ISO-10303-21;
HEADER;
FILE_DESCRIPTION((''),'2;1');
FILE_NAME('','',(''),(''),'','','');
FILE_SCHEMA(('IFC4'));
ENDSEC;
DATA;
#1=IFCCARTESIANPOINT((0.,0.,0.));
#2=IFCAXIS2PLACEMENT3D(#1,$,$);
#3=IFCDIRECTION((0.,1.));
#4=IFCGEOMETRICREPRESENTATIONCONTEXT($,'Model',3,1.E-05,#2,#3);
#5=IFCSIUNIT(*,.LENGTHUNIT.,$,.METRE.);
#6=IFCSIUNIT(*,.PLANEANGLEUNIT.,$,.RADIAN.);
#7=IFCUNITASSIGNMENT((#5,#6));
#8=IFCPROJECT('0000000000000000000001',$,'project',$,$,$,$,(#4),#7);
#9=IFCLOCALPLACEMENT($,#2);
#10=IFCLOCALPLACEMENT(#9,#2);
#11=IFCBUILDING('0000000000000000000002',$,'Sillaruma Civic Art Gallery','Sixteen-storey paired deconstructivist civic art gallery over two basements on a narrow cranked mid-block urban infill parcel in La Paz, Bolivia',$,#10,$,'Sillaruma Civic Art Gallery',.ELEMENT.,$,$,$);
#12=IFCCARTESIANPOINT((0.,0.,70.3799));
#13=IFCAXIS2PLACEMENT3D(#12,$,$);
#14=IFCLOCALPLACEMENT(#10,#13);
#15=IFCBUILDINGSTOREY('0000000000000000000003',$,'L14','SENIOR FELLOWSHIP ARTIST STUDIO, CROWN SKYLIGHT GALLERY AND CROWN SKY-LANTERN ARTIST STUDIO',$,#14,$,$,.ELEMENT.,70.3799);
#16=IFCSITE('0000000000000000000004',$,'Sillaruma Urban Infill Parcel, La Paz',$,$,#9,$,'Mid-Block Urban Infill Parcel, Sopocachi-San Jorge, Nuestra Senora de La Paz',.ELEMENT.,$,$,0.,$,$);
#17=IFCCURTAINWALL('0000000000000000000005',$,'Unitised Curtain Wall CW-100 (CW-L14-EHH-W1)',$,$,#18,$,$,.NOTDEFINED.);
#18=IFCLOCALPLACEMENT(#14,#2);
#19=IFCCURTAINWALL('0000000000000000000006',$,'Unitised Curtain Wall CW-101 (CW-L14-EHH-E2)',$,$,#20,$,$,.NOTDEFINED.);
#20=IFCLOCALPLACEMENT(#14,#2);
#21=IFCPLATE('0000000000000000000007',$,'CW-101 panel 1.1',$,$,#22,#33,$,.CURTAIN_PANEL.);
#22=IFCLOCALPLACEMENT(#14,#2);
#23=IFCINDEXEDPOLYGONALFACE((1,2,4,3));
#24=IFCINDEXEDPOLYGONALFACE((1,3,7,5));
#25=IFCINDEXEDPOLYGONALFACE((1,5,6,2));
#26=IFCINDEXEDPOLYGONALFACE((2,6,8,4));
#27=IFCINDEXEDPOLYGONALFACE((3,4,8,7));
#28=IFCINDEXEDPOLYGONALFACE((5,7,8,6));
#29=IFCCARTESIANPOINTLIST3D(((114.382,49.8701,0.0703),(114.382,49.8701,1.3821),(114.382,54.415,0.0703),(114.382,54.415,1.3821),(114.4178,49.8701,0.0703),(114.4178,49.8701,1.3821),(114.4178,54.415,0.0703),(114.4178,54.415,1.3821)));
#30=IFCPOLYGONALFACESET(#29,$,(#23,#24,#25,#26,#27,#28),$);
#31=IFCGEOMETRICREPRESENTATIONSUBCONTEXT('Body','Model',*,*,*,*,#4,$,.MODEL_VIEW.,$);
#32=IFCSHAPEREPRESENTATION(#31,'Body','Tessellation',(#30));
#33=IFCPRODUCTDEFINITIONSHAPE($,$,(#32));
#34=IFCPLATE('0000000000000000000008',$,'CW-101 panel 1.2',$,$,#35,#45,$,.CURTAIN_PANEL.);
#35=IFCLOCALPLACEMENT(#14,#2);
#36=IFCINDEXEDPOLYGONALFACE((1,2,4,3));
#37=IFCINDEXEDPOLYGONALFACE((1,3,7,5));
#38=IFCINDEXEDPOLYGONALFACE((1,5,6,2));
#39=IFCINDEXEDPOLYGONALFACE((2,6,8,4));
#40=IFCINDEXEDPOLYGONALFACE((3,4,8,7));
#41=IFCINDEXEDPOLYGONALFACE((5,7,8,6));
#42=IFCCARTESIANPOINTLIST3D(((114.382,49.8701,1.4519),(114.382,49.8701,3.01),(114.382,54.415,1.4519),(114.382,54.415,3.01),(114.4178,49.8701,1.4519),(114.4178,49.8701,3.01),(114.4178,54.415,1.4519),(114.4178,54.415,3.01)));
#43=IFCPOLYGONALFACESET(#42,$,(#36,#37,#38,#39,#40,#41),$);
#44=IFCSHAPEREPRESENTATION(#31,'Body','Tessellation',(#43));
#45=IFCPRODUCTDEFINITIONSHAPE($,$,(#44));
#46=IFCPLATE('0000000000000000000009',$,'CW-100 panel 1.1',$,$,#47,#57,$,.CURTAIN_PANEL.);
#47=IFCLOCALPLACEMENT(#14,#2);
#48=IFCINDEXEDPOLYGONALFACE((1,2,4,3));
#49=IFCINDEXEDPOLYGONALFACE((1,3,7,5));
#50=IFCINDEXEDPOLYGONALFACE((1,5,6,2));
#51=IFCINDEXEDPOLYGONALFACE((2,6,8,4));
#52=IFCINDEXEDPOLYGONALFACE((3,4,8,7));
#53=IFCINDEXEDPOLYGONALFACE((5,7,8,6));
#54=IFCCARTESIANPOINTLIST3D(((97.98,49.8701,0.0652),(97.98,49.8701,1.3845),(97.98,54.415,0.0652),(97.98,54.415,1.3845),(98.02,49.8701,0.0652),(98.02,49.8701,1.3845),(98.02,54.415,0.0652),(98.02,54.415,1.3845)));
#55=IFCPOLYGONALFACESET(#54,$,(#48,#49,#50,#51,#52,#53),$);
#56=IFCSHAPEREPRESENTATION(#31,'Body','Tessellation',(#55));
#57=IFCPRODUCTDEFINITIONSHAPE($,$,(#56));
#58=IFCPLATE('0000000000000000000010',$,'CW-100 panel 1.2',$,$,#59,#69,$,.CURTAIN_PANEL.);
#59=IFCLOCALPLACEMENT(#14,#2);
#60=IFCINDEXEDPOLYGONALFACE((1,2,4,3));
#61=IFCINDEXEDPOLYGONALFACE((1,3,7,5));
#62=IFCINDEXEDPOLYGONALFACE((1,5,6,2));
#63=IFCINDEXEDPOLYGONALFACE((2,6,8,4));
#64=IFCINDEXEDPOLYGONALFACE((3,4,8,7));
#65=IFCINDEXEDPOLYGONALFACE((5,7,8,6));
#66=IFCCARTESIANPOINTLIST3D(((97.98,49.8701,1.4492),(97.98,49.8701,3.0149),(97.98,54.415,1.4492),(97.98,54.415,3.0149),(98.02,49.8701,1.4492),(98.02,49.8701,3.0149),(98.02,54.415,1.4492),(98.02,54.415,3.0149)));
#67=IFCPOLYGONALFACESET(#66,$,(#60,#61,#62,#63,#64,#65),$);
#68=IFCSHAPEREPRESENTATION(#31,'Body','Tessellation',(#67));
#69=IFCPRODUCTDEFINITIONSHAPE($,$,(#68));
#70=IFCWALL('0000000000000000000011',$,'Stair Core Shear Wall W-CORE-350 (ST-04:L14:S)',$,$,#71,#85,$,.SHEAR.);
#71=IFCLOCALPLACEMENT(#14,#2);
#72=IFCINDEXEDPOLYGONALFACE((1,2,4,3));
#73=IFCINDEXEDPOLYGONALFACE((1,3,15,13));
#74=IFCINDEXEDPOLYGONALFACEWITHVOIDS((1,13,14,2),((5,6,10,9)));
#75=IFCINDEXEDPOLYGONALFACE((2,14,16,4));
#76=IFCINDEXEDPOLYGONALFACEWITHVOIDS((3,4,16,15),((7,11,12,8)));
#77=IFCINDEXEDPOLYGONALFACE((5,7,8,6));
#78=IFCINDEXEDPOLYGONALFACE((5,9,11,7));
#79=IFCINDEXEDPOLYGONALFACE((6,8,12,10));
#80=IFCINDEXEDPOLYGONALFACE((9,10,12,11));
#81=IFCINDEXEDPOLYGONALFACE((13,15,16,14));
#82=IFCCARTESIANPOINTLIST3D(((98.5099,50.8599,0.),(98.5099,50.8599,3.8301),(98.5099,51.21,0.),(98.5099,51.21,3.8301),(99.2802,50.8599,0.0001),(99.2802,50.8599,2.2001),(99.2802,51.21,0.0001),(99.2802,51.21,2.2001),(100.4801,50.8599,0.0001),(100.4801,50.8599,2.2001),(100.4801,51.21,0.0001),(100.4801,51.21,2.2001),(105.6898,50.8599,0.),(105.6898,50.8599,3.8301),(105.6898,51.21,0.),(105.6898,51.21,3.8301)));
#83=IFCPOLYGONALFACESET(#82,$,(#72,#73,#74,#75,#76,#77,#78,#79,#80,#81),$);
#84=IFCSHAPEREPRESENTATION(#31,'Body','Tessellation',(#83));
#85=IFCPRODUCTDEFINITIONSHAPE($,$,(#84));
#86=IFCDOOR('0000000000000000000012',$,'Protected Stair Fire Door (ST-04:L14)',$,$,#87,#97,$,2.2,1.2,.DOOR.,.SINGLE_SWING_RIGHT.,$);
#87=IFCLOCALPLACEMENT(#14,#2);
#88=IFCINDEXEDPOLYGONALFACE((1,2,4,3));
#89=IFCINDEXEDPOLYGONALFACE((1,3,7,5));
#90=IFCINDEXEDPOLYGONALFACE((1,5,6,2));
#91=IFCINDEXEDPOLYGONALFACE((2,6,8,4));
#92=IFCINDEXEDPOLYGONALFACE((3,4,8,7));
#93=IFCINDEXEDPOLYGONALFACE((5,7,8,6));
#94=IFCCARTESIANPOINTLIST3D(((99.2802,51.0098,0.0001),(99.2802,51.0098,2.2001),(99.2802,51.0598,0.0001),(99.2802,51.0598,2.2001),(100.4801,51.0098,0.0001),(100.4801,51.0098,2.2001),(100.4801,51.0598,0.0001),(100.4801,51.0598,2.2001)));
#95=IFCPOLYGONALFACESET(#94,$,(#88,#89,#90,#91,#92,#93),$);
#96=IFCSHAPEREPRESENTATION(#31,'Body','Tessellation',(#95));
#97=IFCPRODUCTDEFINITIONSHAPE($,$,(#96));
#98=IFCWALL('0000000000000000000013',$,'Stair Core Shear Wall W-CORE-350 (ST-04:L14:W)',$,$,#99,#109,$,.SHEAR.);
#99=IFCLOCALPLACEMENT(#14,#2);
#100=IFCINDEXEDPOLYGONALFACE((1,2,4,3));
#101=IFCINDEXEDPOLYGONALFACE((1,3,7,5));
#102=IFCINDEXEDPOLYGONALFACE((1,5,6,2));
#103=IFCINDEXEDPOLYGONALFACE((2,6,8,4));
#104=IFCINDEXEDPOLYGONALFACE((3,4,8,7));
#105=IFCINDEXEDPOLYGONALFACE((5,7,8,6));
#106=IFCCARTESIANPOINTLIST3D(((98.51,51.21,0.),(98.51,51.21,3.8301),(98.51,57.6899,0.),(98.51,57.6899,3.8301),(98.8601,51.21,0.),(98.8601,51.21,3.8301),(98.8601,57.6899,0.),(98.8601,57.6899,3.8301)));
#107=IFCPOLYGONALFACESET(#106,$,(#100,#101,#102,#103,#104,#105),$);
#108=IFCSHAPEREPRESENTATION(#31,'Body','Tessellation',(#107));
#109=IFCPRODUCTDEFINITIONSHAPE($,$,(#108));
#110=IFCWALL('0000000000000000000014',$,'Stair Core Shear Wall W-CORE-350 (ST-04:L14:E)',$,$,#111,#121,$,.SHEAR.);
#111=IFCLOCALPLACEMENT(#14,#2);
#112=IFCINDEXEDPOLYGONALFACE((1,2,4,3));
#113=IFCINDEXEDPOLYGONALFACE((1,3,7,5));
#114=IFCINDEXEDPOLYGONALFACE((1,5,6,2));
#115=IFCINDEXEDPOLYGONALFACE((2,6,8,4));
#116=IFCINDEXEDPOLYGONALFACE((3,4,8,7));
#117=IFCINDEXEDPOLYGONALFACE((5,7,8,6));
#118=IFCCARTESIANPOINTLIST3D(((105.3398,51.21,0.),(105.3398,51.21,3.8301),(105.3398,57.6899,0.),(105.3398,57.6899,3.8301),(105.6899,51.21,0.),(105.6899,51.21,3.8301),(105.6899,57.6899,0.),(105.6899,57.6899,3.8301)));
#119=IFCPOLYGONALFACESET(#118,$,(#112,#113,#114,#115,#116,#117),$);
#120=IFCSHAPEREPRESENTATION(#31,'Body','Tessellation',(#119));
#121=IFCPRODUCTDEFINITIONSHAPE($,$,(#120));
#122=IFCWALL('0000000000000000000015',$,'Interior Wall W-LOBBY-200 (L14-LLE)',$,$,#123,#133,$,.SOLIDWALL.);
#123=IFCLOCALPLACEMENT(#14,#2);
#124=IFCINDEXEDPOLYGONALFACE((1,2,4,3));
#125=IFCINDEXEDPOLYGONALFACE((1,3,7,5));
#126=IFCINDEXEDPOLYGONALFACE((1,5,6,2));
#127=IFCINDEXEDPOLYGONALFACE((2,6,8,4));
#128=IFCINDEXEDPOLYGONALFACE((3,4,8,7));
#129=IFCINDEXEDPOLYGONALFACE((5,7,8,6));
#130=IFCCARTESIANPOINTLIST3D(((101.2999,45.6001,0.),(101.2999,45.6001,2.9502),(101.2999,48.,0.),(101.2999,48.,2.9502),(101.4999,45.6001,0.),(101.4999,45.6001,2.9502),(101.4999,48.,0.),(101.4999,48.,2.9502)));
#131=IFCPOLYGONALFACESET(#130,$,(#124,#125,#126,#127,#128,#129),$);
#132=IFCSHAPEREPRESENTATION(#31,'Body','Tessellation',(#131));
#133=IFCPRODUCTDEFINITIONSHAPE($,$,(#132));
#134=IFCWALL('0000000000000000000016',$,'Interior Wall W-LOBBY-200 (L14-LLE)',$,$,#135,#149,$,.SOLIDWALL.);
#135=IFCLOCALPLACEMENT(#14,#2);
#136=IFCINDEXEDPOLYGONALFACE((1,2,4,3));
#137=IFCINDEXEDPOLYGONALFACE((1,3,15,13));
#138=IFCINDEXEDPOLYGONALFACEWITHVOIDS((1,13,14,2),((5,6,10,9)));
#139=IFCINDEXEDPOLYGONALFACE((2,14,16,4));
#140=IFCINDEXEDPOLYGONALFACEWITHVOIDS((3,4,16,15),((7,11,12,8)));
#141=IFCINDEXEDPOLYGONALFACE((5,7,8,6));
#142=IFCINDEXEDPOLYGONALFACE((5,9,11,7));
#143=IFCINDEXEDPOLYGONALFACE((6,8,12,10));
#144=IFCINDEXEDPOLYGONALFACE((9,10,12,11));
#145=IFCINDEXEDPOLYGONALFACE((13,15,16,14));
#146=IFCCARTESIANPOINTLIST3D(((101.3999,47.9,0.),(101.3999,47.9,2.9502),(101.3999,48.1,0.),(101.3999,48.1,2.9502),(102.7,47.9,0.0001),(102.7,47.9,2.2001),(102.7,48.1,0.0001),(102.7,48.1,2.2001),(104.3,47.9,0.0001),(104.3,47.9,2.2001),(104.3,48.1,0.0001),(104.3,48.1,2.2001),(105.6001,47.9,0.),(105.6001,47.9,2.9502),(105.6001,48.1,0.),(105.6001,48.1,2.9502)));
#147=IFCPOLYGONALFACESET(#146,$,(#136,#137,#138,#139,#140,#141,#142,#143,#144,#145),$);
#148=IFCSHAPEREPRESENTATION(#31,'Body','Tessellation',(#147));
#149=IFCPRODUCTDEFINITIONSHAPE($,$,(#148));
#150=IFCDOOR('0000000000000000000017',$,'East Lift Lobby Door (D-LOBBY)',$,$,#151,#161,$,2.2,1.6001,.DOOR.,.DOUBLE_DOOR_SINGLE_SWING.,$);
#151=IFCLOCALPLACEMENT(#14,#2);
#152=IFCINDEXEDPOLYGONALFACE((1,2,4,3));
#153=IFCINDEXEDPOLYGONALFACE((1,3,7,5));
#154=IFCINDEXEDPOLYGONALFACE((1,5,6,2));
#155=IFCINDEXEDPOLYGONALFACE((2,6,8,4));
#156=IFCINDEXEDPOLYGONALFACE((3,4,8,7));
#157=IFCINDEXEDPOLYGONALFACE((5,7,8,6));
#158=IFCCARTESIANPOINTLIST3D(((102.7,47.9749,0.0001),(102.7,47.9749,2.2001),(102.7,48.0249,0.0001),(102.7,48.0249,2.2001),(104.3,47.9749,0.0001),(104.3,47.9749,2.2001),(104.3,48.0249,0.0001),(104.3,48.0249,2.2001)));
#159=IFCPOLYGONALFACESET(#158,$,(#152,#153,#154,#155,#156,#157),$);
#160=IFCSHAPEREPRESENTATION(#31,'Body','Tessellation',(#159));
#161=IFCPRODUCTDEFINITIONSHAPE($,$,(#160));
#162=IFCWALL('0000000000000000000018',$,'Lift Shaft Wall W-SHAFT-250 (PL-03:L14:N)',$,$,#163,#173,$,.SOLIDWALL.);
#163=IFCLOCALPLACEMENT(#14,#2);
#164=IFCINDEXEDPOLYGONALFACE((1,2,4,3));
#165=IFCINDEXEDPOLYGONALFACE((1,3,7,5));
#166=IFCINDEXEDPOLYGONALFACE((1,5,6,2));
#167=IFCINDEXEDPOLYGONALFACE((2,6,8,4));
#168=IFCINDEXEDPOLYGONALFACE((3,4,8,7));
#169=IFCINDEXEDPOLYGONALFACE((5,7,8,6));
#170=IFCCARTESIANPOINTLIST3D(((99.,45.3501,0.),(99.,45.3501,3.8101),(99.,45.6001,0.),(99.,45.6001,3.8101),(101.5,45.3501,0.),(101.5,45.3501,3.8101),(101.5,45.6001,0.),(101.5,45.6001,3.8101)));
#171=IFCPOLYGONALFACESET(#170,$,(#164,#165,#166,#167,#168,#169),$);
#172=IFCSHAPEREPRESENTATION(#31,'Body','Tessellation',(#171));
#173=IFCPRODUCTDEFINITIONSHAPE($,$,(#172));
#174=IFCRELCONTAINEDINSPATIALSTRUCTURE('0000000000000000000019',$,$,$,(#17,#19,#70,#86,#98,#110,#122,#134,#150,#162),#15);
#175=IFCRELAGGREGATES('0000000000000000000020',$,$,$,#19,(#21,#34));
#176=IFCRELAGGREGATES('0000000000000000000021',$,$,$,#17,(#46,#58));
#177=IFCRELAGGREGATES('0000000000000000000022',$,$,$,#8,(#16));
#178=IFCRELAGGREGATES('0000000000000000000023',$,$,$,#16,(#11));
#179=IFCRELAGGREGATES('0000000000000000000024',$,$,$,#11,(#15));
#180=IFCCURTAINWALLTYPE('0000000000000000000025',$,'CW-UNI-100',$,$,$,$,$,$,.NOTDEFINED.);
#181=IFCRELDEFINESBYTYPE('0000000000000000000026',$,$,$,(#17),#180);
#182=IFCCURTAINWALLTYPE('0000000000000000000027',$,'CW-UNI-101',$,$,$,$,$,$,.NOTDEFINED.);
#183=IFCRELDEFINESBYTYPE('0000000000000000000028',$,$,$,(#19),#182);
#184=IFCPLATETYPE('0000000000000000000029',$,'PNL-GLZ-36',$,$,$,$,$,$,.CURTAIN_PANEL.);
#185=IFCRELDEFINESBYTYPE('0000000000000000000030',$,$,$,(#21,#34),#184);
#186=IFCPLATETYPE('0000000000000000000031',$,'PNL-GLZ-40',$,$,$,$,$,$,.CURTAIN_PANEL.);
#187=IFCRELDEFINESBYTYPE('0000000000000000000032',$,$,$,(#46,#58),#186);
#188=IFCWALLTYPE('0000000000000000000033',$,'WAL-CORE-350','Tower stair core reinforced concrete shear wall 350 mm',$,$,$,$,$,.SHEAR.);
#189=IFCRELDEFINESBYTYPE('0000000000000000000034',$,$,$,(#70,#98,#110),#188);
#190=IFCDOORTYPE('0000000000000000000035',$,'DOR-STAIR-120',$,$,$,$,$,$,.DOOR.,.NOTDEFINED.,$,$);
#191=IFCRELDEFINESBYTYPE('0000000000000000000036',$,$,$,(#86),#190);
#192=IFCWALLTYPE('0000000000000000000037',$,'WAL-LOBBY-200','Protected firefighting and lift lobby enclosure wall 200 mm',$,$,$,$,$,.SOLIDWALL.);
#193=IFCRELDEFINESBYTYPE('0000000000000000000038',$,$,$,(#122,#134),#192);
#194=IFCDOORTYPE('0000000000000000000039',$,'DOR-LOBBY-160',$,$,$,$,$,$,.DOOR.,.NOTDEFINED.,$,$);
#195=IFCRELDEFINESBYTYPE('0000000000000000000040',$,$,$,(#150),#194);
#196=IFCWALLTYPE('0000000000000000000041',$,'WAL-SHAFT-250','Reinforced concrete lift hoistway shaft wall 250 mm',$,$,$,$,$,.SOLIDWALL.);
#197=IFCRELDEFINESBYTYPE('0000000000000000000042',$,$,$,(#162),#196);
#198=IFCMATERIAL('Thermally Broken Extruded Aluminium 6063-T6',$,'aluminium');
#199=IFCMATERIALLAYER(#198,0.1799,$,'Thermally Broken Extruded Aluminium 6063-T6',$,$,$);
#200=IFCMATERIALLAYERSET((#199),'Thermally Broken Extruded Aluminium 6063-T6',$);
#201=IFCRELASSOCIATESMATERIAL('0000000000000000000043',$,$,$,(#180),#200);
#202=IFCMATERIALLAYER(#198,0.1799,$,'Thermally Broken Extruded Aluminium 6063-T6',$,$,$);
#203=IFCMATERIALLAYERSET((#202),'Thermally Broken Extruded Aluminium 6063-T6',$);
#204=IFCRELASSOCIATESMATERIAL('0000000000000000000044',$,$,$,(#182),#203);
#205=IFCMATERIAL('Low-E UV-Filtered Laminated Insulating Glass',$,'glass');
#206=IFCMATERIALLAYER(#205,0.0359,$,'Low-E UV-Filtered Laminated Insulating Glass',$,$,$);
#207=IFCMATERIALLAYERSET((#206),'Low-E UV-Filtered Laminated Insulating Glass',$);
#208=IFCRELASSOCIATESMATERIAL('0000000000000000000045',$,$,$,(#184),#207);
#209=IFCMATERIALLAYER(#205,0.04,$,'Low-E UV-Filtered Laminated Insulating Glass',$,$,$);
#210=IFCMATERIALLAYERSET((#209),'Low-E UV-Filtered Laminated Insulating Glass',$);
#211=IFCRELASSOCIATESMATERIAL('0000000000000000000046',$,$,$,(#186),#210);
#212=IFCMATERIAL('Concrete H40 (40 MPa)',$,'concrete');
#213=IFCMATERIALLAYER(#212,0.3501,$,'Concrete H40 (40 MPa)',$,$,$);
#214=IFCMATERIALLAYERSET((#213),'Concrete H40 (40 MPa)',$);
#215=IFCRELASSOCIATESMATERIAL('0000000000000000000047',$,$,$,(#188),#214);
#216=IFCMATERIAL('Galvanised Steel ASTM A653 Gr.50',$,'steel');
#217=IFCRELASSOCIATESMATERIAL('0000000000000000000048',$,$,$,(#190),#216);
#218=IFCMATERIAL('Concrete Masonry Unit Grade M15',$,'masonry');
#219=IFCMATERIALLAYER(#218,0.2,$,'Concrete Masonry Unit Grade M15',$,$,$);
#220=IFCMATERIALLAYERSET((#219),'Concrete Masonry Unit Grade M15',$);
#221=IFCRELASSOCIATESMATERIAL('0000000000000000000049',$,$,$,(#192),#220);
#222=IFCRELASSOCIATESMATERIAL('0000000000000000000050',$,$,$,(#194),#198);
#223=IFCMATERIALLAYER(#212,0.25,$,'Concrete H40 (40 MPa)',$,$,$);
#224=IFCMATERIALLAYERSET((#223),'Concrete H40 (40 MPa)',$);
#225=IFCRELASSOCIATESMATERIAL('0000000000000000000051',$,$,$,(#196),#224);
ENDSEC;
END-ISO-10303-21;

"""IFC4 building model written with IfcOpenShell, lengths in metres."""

from ifc_helpers import new_model, si_unit, direction, frame, frame_2d, origin, origin_2d, place, context, subcontext, project, spatial, rectangle, extrude, material, layer, layer_set, type_object, element, fill, aggregate, save


model = new_model("IFC4")

# Units and contexts
model_context = context("Model", 3, precision=1e-05, world=origin(), true_north=direction((0.0, 1.0)))
body_context = subcontext(model_context, "Body", "Model", "MODEL_VIEW")
ifc_project = project(units=[si_unit("LENGTHUNIT", "METRE"), si_unit("PLANEANGLEUNIT", "RADIAN")], contexts=[model_context])

# Site, building, storey
site_placement = place(None, origin())
site = spatial("IfcSite", under=ifc_project, at=site_placement, Name="Sillaruma Urban Infill Parcel, La Paz", LongName="Mid-Block Urban Infill Parcel, Sopocachi-San Jorge, Nuestra Senora de La Paz", CompositionType="ELEMENT", RefElevation=0.0)
building_placement = place(site_placement, origin())
building = spatial("IfcBuilding", under=site, at=building_placement, Name="Sillaruma Civic Art Gallery", Description="Sixteen-storey paired deconstructivist civic art gallery over two basements on a narrow cranked mid-block urban infill parcel in La Paz, Bolivia", LongName="Sillaruma Civic Art Gallery", CompositionType="ELEMENT")
storey_placement = place(building_placement, frame((0.0, 0.0, 70.3799)))
storey = spatial("IfcBuildingStorey", under=building, at=storey_placement, Name="L14", Description="SENIOR FELLOWSHIP ARTIST STUDIO, CROWN SKYLIGHT GALLERY AND CROWN SKY-LANTERN ARTIST STUDIO", CompositionType="ELEMENT", Elevation=70.3799)

# Shared definitions
ifc_material_1 = material(Name="Concrete H40 (40 MPa)", Category="concrete")

# Shared definitions
ifc_material_2 = material(Name="Thermally Broken Extruded Aluminium 6063-T6", Category="aluminium")

# Curtain walls
ifc_layer_1 = layer(ifc_material_2, 0.1799, Name="Thermally Broken Extruded Aluminium 6063-T6")
ifc_layer_set_1 = layer_set([ifc_layer_1], Name="Thermally Broken Extruded Aluminium 6063-T6")
curtain_wall_type_1 = type_object("IfcCurtainWallType", Name="CW-UNI-100", PredefinedType="NOTDEFINED", material=ifc_layer_set_1)
curtain_wall_1_placement = place(storey_placement, origin())
curtain_wall_1 = element("IfcCurtainWall", 1, at=curtain_wall_1_placement, inside=storey, type_object=curtain_wall_type_1, Name="Unitised Curtain Wall CW-100 (CW-L14-EHH-W1)", PredefinedType="NOTDEFINED")
ifc_layer_2 = layer(ifc_material_2, 0.1799, Name="Thermally Broken Extruded Aluminium 6063-T6")
ifc_layer_set_2 = layer_set([ifc_layer_2], Name="Thermally Broken Extruded Aluminium 6063-T6")
curtain_wall_type_2 = type_object("IfcCurtainWallType", Name="CW-UNI-101", PredefinedType="NOTDEFINED", material=ifc_layer_set_2)
curtain_wall_2_placement = place(storey_placement, origin())
curtain_wall_2 = element("IfcCurtainWall", 2, at=curtain_wall_2_placement, inside=storey, type_object=curtain_wall_type_2, Name="Unitised Curtain Wall CW-101 (CW-L14-EHH-E2)", PredefinedType="NOTDEFINED")

# Plates
ifc_material_3 = material(Name="Low-E UV-Filtered Laminated Insulating Glass", Category="glass")
ifc_layer_3 = layer(ifc_material_3, 0.0359, Name="Low-E UV-Filtered Laminated Insulating Glass")
ifc_layer_set_3 = layer_set([ifc_layer_3], Name="Low-E UV-Filtered Laminated Insulating Glass")
plate_type_1 = type_object("IfcPlateType", Name="PNL-GLZ-36", PredefinedType="CURTAIN_PANEL", material=ifc_layer_set_3)
plate_1_placement = place(storey_placement, frame((114.3999, 52.1426, 0.0703), z_axis=(0.0, 0.0, 1.0), x_axis=(0.0, 1.0, 0.0)))
plate_1 = element("IfcPlate", 3, at=plate_1_placement, type_object=plate_type_1, Name="CW-101 panel 1.1", PredefinedType="CURTAIN_PANEL", context=body_context, shape_type="SweptSolid", body=[
    extrude(rectangle(XDim=4.5449, YDim=0.0359, at=origin_2d()), origin(), (0.0, 0.0, 1.0), 1.3118),
])
plate_2_placement = place(storey_placement, frame((114.3999, 52.1426, 1.4519), z_axis=(0.0, 0.0, 1.0), x_axis=(0.0, 1.0, 0.0)))
plate_2 = element("IfcPlate", 4, at=plate_2_placement, type_object=plate_type_1, Name="CW-101 panel 1.2", PredefinedType="CURTAIN_PANEL", context=body_context, shape_type="SweptSolid", body=[
    extrude(rectangle(XDim=4.5449, YDim=0.0359, at=origin_2d()), origin(), (0.0, 0.0, 1.0), 1.5581),
])
aggregate(curtain_wall_2, [plate_1, plate_2])
ifc_layer_4 = layer(ifc_material_3, 0.04, Name="Low-E UV-Filtered Laminated Insulating Glass")
ifc_layer_set_4 = layer_set([ifc_layer_4], Name="Low-E UV-Filtered Laminated Insulating Glass")
plate_type_2 = type_object("IfcPlateType", Name="PNL-GLZ-40", PredefinedType="CURTAIN_PANEL", material=ifc_layer_set_4)
plate_3_placement = place(storey_placement, frame((98.0, 52.1426, 0.0652), z_axis=(0.0, 0.0, 1.0), x_axis=(0.0, 1.0, 0.0)))
plate_3 = element("IfcPlate", 5, at=plate_3_placement, type_object=plate_type_2, Name="CW-100 panel 1.1", PredefinedType="CURTAIN_PANEL", context=body_context, shape_type="SweptSolid", body=[
    extrude(rectangle(XDim=4.5449, YDim=0.04, at=origin_2d()), origin(), (0.0, 0.0, 1.0), 1.3193),
])
plate_4_placement = place(storey_placement, frame((98.0, 52.1426, 1.4492), z_axis=(0.0, 0.0, 1.0), x_axis=(0.0, 1.0, 0.0)))
plate_4 = element("IfcPlate", 6, at=plate_4_placement, type_object=plate_type_2, Name="CW-100 panel 1.2", PredefinedType="CURTAIN_PANEL", context=body_context, shape_type="SweptSolid", body=[
    extrude(rectangle(XDim=4.5449, YDim=0.04, at=origin_2d()), origin(), (0.0, 0.0, 1.0), 1.5657),
])
aggregate(curtain_wall_1, [plate_3, plate_4])

# Wall, opening, door
ifc_layer_5 = layer(ifc_material_1, 0.3501, Name="Concrete H40 (40 MPa)")
ifc_layer_set_5 = layer_set([ifc_layer_5], Name="Concrete H40 (40 MPa)")
wall_type_1 = type_object("IfcWallType", Name="WAL-CORE-350", Description="Tower stair core reinforced concrete shear wall 350 mm", PredefinedType="SHEAR", material=ifc_layer_set_5)
wall_1_placement = place(storey_placement, frame((98.51, 51.0349, 0.0), z_axis=(0.0, 0.0, 1.0), x_axis=(1.0, 0.0, 0.0)))
wall_1 = element("IfcWall", 7, at=wall_1_placement, inside=storey, type_object=wall_type_1, Name="Stair Core Shear Wall W-CORE-350 (ST-04:L14:S)", PredefinedType="SHEAR", context=body_context, shape_type="SweptSolid", body=[
    extrude(rectangle(XDim=7.1799, YDim=0.3501, at=frame_2d((3.5898, 0.0))), origin(), (0.0, 0.0, 1.0), 3.8301),
])
opening_1_placement = place(wall_1_placement, frame((0.77, 0.0, 0.0)))
opening_1 = element("IfcOpeningElement", 8, at=opening_1_placement, cuts=wall_1, PredefinedType="OPENING", context=body_context, shape_type="SweptSolid", body=[
    extrude(rectangle(XDim=1.2, YDim=2.2, at=frame_2d((0.6001, 1.1001))), frame((0.0, 0.1851, 0.0), z_axis=(0.0, -1.0, 0.0), x_axis=(1.0, 0.0, 0.0)), (0.0, 0.0, 1.0), 0.3701),
])
ifc_material_4 = material(Name="Galvanised Steel ASTM A653 Gr.50", Category="steel")
door_type_1 = type_object("IfcDoorType", Name="DOR-STAIR-120", OperationType="NOTDEFINED", PredefinedType="DOOR", material=ifc_material_4)
door_1_placement = place(opening_1_placement, origin())
door_1 = element("IfcDoor", 9, at=door_1_placement, inside=storey, type_object=door_type_1, Name="Protected Stair Fire Door (ST-04:L14)", OperationType="SINGLE_SWING_RIGHT", OverallHeight=2.2, OverallWidth=1.2, PredefinedType="DOOR", context=body_context, shape_type="SweptSolid", body=[
    extrude(rectangle(XDim=1.2, YDim=2.2, at=frame_2d((0.6001, 1.1001))), frame((0.0, 0.0249, 0.0), z_axis=(0.0, -1.0, 0.0), x_axis=(1.0, 0.0, 0.0)), (0.0, 0.0, 1.0), 0.05),
])
fill(opening_1, door_1)

# Walls
for number, where, z_axis, x_axis, name in (
    (10, (98.6851, 51.21, 0.0), (0.0, 0.0, 1.0), (0.0, 1.0, 0.0), "Stair Core Shear Wall W-CORE-350 (ST-04:L14:W)"),
    (11, (105.5149, 51.21, 0.0), (0.0, 0.0, 1.0), (0.0, 1.0, 0.0), "Stair Core Shear Wall W-CORE-350 (ST-04:L14:E)"),
):
    element("IfcWall", number, at=place(storey_placement, frame(where, z_axis=z_axis, x_axis=x_axis)), inside=storey, type_object=wall_type_1, Name=name, PredefinedType="SHEAR", context=body_context, shape_type="SweptSolid", body=[
        extrude(rectangle(XDim=6.48, YDim=0.3501, at=frame_2d((3.24, 0.0))), origin(), (0.0, 0.0, 1.0), 3.8301),
    ])
ifc_material_5 = material(Name="Concrete Masonry Unit Grade M15", Category="masonry")
ifc_layer_6 = layer(ifc_material_5, 0.2, Name="Concrete Masonry Unit Grade M15")
ifc_layer_set_6 = layer_set([ifc_layer_6], Name="Concrete Masonry Unit Grade M15")
wall_type_2 = type_object("IfcWallType", Name="WAL-LOBBY-200", Description="Protected firefighting and lift lobby enclosure wall 200 mm", PredefinedType="SOLIDWALL", material=ifc_layer_set_6)
wall_2_placement = place(storey_placement, frame((101.3999, 45.6001, 0.0), z_axis=(0.0, 0.0, 1.0), x_axis=(0.0, 1.0, 0.0)))
element("IfcWall", 12, at=wall_2_placement, inside=storey, type_object=wall_type_2, Name="Interior Wall W-LOBBY-200 (L14-LLE)", PredefinedType="SOLIDWALL", context=body_context, shape_type="SweptSolid", body=[
    extrude(rectangle(XDim=2.3999, YDim=0.2, at=frame_2d((1.2, 0.0))), origin(), (0.0, 0.0, 1.0), 2.9502),
])

# Wall, opening, door
wall_3_placement = place(storey_placement, frame((101.3999, 48.0, 0.0), z_axis=(0.0, 0.0, 1.0), x_axis=(1.0, 0.0, 0.0)))
wall_3 = element("IfcWall", 13, at=wall_3_placement, inside=storey, type_object=wall_type_2, Name="Interior Wall W-LOBBY-200 (L14-LLE)", PredefinedType="SOLIDWALL", context=body_context, shape_type="SweptSolid", body=[
    extrude(rectangle(XDim=4.2002, YDim=0.2, at=frame_2d((2.1001, 0.0))), origin(), (0.0, 0.0, 1.0), 2.9502),
])
opening_2_placement = place(wall_3_placement, frame((1.3, 0.0, 0.0)))
opening_2 = element("IfcOpeningElement", 14, at=opening_2_placement, cuts=wall_3, PredefinedType="OPENING", context=body_context, shape_type="SweptSolid", body=[
    extrude(rectangle(XDim=1.6001, YDim=2.2, at=frame_2d((0.8, 1.1001))), frame((0.0, 0.1099, 0.0), z_axis=(0.0, -1.0, 0.0), x_axis=(1.0, 0.0, 0.0)), (0.0, 0.0, 1.0), 0.22),
])
door_type_2 = type_object("IfcDoorType", Name="DOR-LOBBY-160", OperationType="NOTDEFINED", PredefinedType="DOOR", material=ifc_material_2)
door_2_placement = place(opening_2_placement, origin())
door_2 = element("IfcDoor", 15, at=door_2_placement, inside=storey, type_object=door_type_2, Name="East Lift Lobby Door (D-LOBBY)", OperationType="DOUBLE_DOOR_SINGLE_SWING", OverallHeight=2.2, OverallWidth=1.6001, PredefinedType="DOOR", context=body_context, shape_type="SweptSolid", body=[
    extrude(rectangle(XDim=1.6001, YDim=2.2, at=frame_2d((0.8, 1.1001))), frame((0.0, 0.0249, 0.0), z_axis=(0.0, -1.0, 0.0), x_axis=(1.0, 0.0, 0.0)), (0.0, 0.0, 1.0), 0.05),
])
fill(opening_2, door_2)

# Wall
ifc_layer_7 = layer(ifc_material_1, 0.25, Name="Concrete H40 (40 MPa)")
ifc_layer_set_7 = layer_set([ifc_layer_7], Name="Concrete H40 (40 MPa)")
wall_type_3 = type_object("IfcWallType", Name="WAL-SHAFT-250", Description="Reinforced concrete lift hoistway shaft wall 250 mm", PredefinedType="SOLIDWALL", material=ifc_layer_set_7)
wall_4_placement = place(storey_placement, frame((99.0, 45.4751, 0.0), z_axis=(0.0, 0.0, 1.0), x_axis=(1.0, 0.0, 0.0)))
element("IfcWall", 16, at=wall_4_placement, inside=storey, type_object=wall_type_3, Name="Lift Shaft Wall W-SHAFT-250 (PL-03:L14:N)", PredefinedType="SOLIDWALL", context=body_context, shape_type="SweptSolid", body=[
    extrude(rectangle(XDim=2.5, YDim=0.25, at=frame_2d((1.25, 0.0))), origin(), (0.0, 0.0, 1.0), 3.8101),
])

save(model, "model.ifc")
